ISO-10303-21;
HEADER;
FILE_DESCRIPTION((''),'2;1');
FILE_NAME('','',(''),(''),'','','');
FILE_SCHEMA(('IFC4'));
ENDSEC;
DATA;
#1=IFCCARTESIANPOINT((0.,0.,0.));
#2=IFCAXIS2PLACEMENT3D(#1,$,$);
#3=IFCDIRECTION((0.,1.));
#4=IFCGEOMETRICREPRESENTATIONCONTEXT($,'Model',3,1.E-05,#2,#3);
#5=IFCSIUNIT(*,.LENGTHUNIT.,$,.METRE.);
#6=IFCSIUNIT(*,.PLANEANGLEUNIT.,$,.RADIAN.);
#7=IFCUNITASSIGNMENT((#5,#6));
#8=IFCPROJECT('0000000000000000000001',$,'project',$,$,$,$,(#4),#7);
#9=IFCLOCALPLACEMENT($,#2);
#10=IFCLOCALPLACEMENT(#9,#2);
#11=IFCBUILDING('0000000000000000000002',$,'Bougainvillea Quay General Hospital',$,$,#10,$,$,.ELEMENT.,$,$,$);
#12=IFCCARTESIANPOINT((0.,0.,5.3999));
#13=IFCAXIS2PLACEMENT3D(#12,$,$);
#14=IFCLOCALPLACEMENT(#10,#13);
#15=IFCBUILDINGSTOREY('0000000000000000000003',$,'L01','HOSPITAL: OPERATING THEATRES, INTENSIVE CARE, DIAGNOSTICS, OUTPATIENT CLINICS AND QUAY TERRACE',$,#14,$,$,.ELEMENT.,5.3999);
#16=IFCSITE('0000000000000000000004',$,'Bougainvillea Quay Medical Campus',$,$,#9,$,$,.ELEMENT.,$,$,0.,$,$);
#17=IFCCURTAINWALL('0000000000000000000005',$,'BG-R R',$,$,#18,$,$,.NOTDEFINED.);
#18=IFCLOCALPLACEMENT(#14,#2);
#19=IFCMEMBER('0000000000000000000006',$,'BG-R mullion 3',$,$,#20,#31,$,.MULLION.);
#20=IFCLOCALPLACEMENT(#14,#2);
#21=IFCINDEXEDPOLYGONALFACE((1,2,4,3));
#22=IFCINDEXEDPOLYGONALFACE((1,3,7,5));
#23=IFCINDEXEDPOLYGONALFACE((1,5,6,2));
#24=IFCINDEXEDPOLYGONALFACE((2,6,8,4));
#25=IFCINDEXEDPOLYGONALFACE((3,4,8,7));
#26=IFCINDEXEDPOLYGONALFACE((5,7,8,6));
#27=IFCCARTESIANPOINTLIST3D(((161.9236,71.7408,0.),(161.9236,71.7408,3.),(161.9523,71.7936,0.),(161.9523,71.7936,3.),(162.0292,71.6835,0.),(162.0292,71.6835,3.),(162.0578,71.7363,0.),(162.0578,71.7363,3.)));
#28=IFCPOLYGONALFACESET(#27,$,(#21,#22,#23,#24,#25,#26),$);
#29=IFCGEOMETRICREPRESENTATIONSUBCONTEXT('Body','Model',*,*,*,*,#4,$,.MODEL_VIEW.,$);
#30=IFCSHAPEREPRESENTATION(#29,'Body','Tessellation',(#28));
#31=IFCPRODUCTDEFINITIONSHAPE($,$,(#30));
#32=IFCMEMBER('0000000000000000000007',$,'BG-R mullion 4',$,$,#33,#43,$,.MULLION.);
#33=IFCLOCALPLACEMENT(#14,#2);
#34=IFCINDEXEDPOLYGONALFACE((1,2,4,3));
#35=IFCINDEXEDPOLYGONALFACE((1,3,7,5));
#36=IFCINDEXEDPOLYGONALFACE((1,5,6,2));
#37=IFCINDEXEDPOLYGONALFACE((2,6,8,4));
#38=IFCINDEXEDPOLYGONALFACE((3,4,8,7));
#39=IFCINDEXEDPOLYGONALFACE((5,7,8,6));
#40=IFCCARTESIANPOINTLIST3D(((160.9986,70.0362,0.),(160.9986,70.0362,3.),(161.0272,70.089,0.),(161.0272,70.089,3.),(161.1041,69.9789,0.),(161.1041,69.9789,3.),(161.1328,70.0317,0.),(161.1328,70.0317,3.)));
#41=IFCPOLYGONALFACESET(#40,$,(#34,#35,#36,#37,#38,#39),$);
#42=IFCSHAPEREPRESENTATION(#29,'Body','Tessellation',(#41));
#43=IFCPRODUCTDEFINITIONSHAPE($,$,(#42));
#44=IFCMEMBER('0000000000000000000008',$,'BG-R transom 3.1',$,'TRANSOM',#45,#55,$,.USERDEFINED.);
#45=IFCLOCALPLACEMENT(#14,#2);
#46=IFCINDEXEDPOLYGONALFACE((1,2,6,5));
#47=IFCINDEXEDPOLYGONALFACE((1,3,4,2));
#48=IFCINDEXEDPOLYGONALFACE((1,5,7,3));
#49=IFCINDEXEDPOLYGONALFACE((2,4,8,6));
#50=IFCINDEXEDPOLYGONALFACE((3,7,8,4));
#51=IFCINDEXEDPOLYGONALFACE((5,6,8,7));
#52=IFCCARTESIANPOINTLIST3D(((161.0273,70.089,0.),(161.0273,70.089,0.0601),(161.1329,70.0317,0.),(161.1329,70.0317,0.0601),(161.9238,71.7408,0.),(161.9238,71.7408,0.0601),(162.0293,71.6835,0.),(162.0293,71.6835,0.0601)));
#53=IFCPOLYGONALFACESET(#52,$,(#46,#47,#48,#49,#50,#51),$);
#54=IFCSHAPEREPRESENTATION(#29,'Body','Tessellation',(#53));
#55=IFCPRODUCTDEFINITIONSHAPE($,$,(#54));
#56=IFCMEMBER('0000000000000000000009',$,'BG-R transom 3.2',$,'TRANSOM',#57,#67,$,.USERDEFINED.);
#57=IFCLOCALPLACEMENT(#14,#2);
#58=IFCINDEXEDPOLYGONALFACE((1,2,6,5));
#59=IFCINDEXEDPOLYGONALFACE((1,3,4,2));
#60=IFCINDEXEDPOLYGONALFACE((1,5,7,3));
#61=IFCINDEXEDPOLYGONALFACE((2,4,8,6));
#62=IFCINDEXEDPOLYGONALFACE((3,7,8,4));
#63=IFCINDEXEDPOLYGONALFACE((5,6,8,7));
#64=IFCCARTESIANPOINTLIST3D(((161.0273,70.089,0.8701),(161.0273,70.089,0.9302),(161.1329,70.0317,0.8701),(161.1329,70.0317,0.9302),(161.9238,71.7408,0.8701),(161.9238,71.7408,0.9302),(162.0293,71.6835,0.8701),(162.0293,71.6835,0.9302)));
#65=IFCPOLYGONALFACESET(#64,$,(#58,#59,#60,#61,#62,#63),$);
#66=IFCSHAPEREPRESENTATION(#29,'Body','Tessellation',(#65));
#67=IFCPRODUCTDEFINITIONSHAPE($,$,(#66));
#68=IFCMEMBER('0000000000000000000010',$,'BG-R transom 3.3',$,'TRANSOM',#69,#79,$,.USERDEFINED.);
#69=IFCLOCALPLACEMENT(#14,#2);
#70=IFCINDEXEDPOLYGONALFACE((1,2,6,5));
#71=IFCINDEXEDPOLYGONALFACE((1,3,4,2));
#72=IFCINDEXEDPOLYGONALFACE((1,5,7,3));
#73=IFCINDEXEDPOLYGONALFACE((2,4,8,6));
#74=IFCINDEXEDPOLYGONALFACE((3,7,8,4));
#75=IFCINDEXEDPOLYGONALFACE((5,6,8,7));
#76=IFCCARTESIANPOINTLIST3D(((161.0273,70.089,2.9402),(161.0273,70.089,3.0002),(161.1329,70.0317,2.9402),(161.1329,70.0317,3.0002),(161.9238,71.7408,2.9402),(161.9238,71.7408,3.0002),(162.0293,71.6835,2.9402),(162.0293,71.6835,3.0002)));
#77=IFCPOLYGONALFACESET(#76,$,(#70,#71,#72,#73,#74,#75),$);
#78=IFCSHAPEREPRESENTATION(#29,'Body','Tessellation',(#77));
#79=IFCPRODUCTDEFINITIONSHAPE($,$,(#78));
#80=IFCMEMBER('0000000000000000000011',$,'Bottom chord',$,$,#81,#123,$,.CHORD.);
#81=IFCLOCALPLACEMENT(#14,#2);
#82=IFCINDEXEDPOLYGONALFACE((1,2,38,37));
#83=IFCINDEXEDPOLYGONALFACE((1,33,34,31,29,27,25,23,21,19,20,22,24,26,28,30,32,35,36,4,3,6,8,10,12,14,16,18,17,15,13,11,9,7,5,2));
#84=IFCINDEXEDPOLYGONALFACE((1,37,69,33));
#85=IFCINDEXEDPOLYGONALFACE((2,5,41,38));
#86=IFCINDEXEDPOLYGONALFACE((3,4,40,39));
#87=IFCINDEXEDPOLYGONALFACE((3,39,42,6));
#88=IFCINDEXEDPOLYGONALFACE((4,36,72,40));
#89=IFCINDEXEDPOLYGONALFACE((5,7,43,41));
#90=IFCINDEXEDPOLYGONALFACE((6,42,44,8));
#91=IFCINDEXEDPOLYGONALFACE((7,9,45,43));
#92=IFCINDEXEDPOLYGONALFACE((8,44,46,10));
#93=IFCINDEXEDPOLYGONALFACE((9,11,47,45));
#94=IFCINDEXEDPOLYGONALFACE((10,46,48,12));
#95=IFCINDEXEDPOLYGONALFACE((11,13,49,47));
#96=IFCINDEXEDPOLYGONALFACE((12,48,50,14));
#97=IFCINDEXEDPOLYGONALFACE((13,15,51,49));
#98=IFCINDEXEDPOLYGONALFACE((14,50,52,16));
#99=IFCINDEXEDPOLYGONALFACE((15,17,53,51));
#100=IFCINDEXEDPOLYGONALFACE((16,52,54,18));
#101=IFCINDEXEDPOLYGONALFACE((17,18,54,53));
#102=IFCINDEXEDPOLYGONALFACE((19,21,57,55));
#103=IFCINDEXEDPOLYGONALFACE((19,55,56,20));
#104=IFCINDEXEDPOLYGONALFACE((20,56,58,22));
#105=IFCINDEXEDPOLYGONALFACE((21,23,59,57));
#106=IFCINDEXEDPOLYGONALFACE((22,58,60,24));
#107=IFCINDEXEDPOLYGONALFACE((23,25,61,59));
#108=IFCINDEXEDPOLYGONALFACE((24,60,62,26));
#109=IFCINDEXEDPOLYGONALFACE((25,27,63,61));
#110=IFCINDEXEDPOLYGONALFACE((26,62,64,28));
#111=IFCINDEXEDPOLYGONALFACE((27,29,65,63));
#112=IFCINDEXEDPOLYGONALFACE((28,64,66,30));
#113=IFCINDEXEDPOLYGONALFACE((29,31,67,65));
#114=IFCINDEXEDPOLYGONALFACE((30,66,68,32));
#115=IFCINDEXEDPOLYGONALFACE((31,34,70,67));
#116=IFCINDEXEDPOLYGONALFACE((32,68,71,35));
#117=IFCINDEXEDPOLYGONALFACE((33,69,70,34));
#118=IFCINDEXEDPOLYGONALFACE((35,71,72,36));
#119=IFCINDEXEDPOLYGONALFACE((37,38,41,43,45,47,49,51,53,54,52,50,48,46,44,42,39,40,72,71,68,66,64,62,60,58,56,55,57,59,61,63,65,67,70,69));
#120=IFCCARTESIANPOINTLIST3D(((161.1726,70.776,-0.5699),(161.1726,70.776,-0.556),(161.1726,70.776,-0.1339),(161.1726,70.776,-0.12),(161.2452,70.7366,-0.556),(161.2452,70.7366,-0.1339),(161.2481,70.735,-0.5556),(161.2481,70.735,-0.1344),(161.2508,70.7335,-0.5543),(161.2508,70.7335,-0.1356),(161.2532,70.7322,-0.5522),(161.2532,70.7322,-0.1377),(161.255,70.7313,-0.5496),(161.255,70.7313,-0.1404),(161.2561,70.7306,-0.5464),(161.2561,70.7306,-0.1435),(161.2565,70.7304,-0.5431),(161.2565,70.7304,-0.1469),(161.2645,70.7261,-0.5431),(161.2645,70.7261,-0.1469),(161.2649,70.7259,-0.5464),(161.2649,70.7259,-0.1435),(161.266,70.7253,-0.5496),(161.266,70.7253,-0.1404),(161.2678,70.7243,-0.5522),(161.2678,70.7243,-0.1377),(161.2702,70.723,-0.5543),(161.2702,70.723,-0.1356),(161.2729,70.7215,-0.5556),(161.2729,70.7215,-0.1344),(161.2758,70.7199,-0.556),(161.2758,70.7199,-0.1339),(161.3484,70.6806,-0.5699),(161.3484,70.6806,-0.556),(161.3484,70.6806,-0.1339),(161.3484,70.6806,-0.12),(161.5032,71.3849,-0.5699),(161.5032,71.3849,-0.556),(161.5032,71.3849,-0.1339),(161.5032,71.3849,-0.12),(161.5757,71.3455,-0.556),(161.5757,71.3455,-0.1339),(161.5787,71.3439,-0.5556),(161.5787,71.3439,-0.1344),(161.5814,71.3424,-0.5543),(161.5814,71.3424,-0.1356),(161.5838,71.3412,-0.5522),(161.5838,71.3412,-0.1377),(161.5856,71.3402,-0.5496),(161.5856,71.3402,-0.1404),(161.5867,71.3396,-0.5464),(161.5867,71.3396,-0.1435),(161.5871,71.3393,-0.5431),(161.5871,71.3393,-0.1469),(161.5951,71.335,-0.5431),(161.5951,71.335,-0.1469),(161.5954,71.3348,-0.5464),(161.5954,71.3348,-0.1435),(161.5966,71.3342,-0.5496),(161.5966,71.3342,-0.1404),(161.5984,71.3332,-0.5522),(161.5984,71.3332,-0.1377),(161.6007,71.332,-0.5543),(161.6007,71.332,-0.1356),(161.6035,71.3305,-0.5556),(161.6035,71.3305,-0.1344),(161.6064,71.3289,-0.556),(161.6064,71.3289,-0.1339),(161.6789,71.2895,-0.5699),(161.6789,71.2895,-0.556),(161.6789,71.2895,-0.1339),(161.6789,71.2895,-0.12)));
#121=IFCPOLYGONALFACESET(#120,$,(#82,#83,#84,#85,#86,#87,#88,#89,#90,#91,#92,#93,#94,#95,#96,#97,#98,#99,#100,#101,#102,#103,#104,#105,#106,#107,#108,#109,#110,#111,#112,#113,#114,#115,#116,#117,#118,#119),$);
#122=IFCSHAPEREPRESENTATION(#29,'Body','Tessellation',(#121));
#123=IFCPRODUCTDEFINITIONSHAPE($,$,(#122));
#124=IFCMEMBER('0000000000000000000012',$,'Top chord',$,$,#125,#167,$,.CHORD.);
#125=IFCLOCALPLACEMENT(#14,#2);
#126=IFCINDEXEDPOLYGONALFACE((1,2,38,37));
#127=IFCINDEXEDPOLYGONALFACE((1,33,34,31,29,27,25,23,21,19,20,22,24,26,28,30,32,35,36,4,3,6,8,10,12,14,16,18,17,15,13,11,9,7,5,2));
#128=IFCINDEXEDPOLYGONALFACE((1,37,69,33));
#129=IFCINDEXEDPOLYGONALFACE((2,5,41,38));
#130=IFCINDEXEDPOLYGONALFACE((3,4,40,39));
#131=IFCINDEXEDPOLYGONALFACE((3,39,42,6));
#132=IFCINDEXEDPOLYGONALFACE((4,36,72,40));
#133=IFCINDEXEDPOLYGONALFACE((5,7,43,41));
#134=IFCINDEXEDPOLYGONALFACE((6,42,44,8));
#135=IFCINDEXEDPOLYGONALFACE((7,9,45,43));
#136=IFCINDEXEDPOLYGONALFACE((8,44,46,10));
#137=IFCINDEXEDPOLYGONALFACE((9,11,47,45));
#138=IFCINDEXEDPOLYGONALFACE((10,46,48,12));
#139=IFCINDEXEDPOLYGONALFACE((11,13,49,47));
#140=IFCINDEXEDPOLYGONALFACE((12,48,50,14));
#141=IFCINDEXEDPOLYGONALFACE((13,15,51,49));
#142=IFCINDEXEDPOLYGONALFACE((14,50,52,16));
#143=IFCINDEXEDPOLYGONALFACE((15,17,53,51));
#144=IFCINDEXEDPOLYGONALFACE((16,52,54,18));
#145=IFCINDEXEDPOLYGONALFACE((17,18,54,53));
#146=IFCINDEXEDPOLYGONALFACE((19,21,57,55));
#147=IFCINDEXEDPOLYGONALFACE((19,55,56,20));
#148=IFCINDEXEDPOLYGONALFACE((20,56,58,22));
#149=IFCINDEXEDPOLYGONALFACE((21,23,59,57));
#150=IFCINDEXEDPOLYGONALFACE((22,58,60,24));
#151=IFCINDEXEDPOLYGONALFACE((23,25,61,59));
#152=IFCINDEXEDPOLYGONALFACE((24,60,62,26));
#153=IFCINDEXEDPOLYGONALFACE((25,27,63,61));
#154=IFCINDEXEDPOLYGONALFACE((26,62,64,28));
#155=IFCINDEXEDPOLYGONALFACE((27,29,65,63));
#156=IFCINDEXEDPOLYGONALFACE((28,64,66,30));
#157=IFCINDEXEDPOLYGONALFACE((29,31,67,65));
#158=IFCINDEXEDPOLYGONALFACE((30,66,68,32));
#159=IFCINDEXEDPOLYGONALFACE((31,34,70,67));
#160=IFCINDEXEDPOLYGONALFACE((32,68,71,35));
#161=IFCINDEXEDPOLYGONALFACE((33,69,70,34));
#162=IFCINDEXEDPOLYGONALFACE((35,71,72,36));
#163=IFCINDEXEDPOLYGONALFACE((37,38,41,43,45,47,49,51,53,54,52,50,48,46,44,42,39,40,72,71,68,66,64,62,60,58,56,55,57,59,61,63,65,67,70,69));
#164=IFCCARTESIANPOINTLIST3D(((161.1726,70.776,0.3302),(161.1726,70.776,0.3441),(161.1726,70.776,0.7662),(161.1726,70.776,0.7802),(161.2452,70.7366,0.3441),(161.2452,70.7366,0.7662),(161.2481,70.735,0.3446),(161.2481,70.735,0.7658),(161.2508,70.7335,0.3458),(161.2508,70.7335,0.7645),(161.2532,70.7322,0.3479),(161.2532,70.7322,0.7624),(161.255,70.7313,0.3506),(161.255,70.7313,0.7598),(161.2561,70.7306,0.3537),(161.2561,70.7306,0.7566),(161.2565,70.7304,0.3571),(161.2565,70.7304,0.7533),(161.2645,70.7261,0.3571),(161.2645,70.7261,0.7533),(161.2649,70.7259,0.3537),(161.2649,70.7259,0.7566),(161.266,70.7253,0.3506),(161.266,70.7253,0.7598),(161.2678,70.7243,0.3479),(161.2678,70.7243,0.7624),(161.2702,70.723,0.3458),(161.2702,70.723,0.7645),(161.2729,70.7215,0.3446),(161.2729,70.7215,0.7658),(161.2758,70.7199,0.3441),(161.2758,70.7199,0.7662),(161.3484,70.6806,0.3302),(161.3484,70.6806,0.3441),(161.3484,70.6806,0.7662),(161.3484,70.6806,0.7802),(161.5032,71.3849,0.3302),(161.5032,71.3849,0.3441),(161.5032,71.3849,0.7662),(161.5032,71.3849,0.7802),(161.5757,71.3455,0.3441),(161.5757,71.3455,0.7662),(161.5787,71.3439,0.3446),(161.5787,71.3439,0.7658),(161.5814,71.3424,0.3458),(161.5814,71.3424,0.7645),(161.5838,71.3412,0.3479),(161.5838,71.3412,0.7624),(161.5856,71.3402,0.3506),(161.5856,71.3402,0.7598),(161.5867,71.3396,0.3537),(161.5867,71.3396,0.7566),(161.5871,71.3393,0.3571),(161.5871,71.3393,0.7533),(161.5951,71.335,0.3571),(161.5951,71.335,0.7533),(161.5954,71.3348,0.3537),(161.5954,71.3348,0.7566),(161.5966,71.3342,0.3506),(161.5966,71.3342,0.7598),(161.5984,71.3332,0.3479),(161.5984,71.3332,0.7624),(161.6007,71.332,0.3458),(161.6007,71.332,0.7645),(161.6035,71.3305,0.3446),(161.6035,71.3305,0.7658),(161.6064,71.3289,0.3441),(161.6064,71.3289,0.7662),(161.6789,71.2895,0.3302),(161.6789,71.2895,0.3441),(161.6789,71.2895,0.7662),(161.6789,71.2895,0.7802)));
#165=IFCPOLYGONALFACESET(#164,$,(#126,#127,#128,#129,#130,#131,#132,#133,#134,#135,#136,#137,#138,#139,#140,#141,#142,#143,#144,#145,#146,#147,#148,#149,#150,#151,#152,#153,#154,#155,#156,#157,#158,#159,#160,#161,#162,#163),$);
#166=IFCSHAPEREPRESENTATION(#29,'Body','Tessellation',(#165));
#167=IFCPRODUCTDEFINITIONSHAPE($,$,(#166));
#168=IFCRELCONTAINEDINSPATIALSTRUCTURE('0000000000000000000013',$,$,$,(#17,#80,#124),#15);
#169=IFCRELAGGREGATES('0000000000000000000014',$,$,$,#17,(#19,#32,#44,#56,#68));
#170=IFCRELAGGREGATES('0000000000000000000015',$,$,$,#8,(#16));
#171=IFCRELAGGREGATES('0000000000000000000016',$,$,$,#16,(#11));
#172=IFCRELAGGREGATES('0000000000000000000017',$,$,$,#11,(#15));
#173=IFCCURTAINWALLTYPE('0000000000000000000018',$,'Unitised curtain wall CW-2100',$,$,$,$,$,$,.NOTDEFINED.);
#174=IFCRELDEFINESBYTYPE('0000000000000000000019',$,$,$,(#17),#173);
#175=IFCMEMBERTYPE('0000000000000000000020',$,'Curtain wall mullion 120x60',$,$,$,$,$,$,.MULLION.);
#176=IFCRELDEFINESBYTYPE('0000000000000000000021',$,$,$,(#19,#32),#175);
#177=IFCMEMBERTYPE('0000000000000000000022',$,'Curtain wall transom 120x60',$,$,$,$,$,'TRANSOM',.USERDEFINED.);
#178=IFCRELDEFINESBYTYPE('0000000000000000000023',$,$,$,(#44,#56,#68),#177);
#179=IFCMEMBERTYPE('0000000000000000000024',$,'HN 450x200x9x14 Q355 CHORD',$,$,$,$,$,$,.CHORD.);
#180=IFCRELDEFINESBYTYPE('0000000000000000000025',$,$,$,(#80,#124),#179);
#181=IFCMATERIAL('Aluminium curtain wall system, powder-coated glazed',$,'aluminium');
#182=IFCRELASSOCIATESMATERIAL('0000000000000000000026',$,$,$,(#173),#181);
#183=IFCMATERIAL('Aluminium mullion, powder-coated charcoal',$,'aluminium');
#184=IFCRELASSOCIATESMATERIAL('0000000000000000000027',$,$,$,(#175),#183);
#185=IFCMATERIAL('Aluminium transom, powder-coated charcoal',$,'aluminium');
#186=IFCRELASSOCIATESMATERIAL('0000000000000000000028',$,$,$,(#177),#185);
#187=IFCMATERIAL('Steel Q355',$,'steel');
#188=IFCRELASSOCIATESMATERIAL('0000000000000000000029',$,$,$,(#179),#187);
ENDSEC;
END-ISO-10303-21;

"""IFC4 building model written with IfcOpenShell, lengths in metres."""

from ifc_helpers import new_model, si_unit, direction, frame, origin, origin_2d, place, context, subcontext, project, spatial, rectangle, i_section, extrude, material, material_profile, profile_set, type_object, element, aggregate, save


model = new_model("IFC4")

# Units and contexts
model_context = context("Model", 3, precision=1e-05, world=origin(), true_north=direction((0.0, 1.0)))
body_context = subcontext(model_context, "Body", "Model", "MODEL_VIEW")
ifc_project = project(units=[si_unit("LENGTHUNIT", "METRE"), si_unit("PLANEANGLEUNIT", "RADIAN")], contexts=[model_context])

# Site, building, storey
site_placement = place(None, origin())
site = spatial("IfcSite", under=ifc_project, at=site_placement, Name="Bougainvillea Quay Medical Campus", CompositionType="ELEMENT", RefElevation=0.0)
building_placement = place(site_placement, origin())
building = spatial("IfcBuilding", under=site, at=building_placement, Name="Bougainvillea Quay General Hospital", CompositionType="ELEMENT")
storey_placement = place(building_placement, frame((0.0, 0.0, 5.3999)))
storey = spatial("IfcBuildingStorey", under=building, at=storey_placement, Name="L01", Description="HOSPITAL: OPERATING THEATRES, INTENSIVE CARE, DIAGNOSTICS, OUTPATIENT CLINICS AND QUAY TERRACE", CompositionType="ELEMENT", Elevation=5.3999)

# Curtain wall, members
ifc_material_1 = material(Name="Aluminium curtain wall system, powder-coated glazed", Category="aluminium")
curtain_wall_type = type_object("IfcCurtainWallType", Name="Unitised curtain wall CW-2100", PredefinedType="NOTDEFINED", material=ifc_material_1)
curtain_wall_1_placement = place(storey_placement, origin())
curtain_wall_1 = element("IfcCurtainWall", 1, at=curtain_wall_1_placement, inside=storey, type_object=curtain_wall_type, Name="BG-R R", PredefinedType="NOTDEFINED")
ifc_material_2 = material(Name="Aluminium mullion, powder-coated charcoal", Category="aluminium")
ifc_material_profile_1 = material_profile(ifc_material_2, rectangle(XDim=0.1201, YDim=0.0601, at=origin_2d()))
ifc_profile_set_1 = profile_set([ifc_material_profile_1], Name="Aluminium mullion, powder-coated charcoal")
member_type_1 = type_object("IfcMemberType", Name="Curtain wall mullion 120x60", PredefinedType="MULLION", material=ifc_profile_set_1)
member_1_placement = place(storey_placement, frame((161.9907, 71.7385, 0.0), z_axis=(0.0, 0.0, 1.0), x_axis=(0.878894, -0.477017, 0.0)))
member_1 = element("IfcMember", 2, at=member_1_placement, type_object=member_type_1, Name="BG-R mullion 3", PredefinedType="MULLION", context=body_context, shape_type="SweptSolid", body=[
    extrude(rectangle(XDim=0.1201, YDim=0.0601, at=origin_2d()), origin(), (0.0, 0.0, 1.0), 3.0),
])
member_2_placement = place(storey_placement, frame((161.0657, 70.0339, 0.0), z_axis=(0.0, 0.0, 1.0), x_axis=(0.878894, -0.477017, 0.0)))
member_2 = element("IfcMember", 3, at=member_2_placement, type_object=member_type_1, Name="BG-R mullion 4", PredefinedType="MULLION", context=body_context, shape_type="SweptSolid", body=[
    extrude(rectangle(XDim=0.1201, YDim=0.0601, at=origin_2d()), origin(), (0.0, 0.0, 1.0), 3.0),
])
ifc_material_3 = material(Name="Aluminium transom, powder-coated charcoal", Category="aluminium")
ifc_material_profile_2 = material_profile(ifc_material_3, rectangle(XDim=0.1201, YDim=0.0601, at=origin_2d()))
ifc_profile_set_2 = profile_set([ifc_material_profile_2], Name="Aluminium transom, powder-coated charcoal")
member_type_2 = type_object("IfcMemberType", Name="Curtain wall transom 120x60", ElementType="TRANSOM", PredefinedType="USERDEFINED", material=ifc_profile_set_2)
member_3_placement = place(storey_placement, frame((161.9766, 71.7122, 0.03), z_axis=(-0.476994, -0.878906, 0.0), x_axis=(0.878906, -0.476994, 0.0)))
member_3 = element("IfcMember", 4, at=member_3_placement, type_object=member_type_2, Name="BG-R transom 3.1", ObjectType="TRANSOM", PredefinedType="USERDEFINED", context=body_context, shape_type="SweptSolid", body=[
    extrude(rectangle(XDim=0.1201, YDim=0.0601, at=origin_2d()), origin(), (0.0, 0.0, 1.0), 1.8794),
])
member_4_placement = place(storey_placement, frame((161.9766, 71.7122, 0.9001), z_axis=(-0.476994, -0.878906, 0.0), x_axis=(0.878906, -0.476994, 0.0)))
member_4 = element("IfcMember", 5, at=member_4_placement, type_object=member_type_2, Name="BG-R transom 3.2", ObjectType="TRANSOM", PredefinedType="USERDEFINED", context=body_context, shape_type="SweptSolid", body=[
    extrude(rectangle(XDim=0.1201, YDim=0.0601, at=origin_2d()), origin(), (0.0, 0.0, 1.0), 1.8794),
])
member_5_placement = place(storey_placement, frame((161.9766, 71.7122, 2.9702), z_axis=(-0.476994, -0.878906, 0.0), x_axis=(0.878906, -0.476994, 0.0)))
member_5 = element("IfcMember", 6, at=member_5_placement, type_object=member_type_2, Name="BG-R transom 3.3", ObjectType="TRANSOM", PredefinedType="USERDEFINED", context=body_context, shape_type="SweptSolid", body=[
    extrude(rectangle(XDim=0.1201, YDim=0.0601, at=origin_2d()), origin(), (0.0, 0.0, 1.0), 1.8794),
])

# Members
ifc_material_4 = material(Name="Steel Q355", Category="steel")
ifc_material_profile_3 = material_profile(ifc_material_4, i_section(OverallWidth=0.2, OverallDepth=0.45, WebThickness=0.009, FlangeThickness=0.0139, FilletRadius=0.0129, at=origin_2d()))
ifc_profile_set_3 = profile_set([ifc_material_profile_3], Name="Steel Q355")
member_type_3 = type_object("IfcMemberType", Name="HN 450x200x9x14 Q355 CHORD", PredefinedType="CHORD", material=ifc_profile_set_3)
for number, where, z_axis, x_axis, name in (
    (7, (161.2605, 70.7283, -0.345), (0.477123, 0.878837, 0.0), (-0.878837, 0.477123, 0.0), "Bottom chord"),
    (8, (161.2605, 70.7283, 0.5552), (0.477123, 0.878837, 0.0), (-0.878837, 0.477123, 0.0), "Top chord"),
):
    element("IfcMember", number, at=place(storey_placement, frame(where, z_axis=z_axis, x_axis=x_axis)), inside=storey, type_object=member_type_3, Name=name, PredefinedType="CHORD", context=body_context, shape_type="SweptSolid", body=[
        extrude(i_section(OverallWidth=0.2, OverallDepth=0.45, WebThickness=0.009, FlangeThickness=0.0139, FilletRadius=0.0129, at=origin_2d()), origin(), (0.0, 0.0, 1.0), 0.6929),
    ])

aggregate(curtain_wall_1, [member_1, member_2, member_3, member_4, member_5])

save(model, "model.ifc")
